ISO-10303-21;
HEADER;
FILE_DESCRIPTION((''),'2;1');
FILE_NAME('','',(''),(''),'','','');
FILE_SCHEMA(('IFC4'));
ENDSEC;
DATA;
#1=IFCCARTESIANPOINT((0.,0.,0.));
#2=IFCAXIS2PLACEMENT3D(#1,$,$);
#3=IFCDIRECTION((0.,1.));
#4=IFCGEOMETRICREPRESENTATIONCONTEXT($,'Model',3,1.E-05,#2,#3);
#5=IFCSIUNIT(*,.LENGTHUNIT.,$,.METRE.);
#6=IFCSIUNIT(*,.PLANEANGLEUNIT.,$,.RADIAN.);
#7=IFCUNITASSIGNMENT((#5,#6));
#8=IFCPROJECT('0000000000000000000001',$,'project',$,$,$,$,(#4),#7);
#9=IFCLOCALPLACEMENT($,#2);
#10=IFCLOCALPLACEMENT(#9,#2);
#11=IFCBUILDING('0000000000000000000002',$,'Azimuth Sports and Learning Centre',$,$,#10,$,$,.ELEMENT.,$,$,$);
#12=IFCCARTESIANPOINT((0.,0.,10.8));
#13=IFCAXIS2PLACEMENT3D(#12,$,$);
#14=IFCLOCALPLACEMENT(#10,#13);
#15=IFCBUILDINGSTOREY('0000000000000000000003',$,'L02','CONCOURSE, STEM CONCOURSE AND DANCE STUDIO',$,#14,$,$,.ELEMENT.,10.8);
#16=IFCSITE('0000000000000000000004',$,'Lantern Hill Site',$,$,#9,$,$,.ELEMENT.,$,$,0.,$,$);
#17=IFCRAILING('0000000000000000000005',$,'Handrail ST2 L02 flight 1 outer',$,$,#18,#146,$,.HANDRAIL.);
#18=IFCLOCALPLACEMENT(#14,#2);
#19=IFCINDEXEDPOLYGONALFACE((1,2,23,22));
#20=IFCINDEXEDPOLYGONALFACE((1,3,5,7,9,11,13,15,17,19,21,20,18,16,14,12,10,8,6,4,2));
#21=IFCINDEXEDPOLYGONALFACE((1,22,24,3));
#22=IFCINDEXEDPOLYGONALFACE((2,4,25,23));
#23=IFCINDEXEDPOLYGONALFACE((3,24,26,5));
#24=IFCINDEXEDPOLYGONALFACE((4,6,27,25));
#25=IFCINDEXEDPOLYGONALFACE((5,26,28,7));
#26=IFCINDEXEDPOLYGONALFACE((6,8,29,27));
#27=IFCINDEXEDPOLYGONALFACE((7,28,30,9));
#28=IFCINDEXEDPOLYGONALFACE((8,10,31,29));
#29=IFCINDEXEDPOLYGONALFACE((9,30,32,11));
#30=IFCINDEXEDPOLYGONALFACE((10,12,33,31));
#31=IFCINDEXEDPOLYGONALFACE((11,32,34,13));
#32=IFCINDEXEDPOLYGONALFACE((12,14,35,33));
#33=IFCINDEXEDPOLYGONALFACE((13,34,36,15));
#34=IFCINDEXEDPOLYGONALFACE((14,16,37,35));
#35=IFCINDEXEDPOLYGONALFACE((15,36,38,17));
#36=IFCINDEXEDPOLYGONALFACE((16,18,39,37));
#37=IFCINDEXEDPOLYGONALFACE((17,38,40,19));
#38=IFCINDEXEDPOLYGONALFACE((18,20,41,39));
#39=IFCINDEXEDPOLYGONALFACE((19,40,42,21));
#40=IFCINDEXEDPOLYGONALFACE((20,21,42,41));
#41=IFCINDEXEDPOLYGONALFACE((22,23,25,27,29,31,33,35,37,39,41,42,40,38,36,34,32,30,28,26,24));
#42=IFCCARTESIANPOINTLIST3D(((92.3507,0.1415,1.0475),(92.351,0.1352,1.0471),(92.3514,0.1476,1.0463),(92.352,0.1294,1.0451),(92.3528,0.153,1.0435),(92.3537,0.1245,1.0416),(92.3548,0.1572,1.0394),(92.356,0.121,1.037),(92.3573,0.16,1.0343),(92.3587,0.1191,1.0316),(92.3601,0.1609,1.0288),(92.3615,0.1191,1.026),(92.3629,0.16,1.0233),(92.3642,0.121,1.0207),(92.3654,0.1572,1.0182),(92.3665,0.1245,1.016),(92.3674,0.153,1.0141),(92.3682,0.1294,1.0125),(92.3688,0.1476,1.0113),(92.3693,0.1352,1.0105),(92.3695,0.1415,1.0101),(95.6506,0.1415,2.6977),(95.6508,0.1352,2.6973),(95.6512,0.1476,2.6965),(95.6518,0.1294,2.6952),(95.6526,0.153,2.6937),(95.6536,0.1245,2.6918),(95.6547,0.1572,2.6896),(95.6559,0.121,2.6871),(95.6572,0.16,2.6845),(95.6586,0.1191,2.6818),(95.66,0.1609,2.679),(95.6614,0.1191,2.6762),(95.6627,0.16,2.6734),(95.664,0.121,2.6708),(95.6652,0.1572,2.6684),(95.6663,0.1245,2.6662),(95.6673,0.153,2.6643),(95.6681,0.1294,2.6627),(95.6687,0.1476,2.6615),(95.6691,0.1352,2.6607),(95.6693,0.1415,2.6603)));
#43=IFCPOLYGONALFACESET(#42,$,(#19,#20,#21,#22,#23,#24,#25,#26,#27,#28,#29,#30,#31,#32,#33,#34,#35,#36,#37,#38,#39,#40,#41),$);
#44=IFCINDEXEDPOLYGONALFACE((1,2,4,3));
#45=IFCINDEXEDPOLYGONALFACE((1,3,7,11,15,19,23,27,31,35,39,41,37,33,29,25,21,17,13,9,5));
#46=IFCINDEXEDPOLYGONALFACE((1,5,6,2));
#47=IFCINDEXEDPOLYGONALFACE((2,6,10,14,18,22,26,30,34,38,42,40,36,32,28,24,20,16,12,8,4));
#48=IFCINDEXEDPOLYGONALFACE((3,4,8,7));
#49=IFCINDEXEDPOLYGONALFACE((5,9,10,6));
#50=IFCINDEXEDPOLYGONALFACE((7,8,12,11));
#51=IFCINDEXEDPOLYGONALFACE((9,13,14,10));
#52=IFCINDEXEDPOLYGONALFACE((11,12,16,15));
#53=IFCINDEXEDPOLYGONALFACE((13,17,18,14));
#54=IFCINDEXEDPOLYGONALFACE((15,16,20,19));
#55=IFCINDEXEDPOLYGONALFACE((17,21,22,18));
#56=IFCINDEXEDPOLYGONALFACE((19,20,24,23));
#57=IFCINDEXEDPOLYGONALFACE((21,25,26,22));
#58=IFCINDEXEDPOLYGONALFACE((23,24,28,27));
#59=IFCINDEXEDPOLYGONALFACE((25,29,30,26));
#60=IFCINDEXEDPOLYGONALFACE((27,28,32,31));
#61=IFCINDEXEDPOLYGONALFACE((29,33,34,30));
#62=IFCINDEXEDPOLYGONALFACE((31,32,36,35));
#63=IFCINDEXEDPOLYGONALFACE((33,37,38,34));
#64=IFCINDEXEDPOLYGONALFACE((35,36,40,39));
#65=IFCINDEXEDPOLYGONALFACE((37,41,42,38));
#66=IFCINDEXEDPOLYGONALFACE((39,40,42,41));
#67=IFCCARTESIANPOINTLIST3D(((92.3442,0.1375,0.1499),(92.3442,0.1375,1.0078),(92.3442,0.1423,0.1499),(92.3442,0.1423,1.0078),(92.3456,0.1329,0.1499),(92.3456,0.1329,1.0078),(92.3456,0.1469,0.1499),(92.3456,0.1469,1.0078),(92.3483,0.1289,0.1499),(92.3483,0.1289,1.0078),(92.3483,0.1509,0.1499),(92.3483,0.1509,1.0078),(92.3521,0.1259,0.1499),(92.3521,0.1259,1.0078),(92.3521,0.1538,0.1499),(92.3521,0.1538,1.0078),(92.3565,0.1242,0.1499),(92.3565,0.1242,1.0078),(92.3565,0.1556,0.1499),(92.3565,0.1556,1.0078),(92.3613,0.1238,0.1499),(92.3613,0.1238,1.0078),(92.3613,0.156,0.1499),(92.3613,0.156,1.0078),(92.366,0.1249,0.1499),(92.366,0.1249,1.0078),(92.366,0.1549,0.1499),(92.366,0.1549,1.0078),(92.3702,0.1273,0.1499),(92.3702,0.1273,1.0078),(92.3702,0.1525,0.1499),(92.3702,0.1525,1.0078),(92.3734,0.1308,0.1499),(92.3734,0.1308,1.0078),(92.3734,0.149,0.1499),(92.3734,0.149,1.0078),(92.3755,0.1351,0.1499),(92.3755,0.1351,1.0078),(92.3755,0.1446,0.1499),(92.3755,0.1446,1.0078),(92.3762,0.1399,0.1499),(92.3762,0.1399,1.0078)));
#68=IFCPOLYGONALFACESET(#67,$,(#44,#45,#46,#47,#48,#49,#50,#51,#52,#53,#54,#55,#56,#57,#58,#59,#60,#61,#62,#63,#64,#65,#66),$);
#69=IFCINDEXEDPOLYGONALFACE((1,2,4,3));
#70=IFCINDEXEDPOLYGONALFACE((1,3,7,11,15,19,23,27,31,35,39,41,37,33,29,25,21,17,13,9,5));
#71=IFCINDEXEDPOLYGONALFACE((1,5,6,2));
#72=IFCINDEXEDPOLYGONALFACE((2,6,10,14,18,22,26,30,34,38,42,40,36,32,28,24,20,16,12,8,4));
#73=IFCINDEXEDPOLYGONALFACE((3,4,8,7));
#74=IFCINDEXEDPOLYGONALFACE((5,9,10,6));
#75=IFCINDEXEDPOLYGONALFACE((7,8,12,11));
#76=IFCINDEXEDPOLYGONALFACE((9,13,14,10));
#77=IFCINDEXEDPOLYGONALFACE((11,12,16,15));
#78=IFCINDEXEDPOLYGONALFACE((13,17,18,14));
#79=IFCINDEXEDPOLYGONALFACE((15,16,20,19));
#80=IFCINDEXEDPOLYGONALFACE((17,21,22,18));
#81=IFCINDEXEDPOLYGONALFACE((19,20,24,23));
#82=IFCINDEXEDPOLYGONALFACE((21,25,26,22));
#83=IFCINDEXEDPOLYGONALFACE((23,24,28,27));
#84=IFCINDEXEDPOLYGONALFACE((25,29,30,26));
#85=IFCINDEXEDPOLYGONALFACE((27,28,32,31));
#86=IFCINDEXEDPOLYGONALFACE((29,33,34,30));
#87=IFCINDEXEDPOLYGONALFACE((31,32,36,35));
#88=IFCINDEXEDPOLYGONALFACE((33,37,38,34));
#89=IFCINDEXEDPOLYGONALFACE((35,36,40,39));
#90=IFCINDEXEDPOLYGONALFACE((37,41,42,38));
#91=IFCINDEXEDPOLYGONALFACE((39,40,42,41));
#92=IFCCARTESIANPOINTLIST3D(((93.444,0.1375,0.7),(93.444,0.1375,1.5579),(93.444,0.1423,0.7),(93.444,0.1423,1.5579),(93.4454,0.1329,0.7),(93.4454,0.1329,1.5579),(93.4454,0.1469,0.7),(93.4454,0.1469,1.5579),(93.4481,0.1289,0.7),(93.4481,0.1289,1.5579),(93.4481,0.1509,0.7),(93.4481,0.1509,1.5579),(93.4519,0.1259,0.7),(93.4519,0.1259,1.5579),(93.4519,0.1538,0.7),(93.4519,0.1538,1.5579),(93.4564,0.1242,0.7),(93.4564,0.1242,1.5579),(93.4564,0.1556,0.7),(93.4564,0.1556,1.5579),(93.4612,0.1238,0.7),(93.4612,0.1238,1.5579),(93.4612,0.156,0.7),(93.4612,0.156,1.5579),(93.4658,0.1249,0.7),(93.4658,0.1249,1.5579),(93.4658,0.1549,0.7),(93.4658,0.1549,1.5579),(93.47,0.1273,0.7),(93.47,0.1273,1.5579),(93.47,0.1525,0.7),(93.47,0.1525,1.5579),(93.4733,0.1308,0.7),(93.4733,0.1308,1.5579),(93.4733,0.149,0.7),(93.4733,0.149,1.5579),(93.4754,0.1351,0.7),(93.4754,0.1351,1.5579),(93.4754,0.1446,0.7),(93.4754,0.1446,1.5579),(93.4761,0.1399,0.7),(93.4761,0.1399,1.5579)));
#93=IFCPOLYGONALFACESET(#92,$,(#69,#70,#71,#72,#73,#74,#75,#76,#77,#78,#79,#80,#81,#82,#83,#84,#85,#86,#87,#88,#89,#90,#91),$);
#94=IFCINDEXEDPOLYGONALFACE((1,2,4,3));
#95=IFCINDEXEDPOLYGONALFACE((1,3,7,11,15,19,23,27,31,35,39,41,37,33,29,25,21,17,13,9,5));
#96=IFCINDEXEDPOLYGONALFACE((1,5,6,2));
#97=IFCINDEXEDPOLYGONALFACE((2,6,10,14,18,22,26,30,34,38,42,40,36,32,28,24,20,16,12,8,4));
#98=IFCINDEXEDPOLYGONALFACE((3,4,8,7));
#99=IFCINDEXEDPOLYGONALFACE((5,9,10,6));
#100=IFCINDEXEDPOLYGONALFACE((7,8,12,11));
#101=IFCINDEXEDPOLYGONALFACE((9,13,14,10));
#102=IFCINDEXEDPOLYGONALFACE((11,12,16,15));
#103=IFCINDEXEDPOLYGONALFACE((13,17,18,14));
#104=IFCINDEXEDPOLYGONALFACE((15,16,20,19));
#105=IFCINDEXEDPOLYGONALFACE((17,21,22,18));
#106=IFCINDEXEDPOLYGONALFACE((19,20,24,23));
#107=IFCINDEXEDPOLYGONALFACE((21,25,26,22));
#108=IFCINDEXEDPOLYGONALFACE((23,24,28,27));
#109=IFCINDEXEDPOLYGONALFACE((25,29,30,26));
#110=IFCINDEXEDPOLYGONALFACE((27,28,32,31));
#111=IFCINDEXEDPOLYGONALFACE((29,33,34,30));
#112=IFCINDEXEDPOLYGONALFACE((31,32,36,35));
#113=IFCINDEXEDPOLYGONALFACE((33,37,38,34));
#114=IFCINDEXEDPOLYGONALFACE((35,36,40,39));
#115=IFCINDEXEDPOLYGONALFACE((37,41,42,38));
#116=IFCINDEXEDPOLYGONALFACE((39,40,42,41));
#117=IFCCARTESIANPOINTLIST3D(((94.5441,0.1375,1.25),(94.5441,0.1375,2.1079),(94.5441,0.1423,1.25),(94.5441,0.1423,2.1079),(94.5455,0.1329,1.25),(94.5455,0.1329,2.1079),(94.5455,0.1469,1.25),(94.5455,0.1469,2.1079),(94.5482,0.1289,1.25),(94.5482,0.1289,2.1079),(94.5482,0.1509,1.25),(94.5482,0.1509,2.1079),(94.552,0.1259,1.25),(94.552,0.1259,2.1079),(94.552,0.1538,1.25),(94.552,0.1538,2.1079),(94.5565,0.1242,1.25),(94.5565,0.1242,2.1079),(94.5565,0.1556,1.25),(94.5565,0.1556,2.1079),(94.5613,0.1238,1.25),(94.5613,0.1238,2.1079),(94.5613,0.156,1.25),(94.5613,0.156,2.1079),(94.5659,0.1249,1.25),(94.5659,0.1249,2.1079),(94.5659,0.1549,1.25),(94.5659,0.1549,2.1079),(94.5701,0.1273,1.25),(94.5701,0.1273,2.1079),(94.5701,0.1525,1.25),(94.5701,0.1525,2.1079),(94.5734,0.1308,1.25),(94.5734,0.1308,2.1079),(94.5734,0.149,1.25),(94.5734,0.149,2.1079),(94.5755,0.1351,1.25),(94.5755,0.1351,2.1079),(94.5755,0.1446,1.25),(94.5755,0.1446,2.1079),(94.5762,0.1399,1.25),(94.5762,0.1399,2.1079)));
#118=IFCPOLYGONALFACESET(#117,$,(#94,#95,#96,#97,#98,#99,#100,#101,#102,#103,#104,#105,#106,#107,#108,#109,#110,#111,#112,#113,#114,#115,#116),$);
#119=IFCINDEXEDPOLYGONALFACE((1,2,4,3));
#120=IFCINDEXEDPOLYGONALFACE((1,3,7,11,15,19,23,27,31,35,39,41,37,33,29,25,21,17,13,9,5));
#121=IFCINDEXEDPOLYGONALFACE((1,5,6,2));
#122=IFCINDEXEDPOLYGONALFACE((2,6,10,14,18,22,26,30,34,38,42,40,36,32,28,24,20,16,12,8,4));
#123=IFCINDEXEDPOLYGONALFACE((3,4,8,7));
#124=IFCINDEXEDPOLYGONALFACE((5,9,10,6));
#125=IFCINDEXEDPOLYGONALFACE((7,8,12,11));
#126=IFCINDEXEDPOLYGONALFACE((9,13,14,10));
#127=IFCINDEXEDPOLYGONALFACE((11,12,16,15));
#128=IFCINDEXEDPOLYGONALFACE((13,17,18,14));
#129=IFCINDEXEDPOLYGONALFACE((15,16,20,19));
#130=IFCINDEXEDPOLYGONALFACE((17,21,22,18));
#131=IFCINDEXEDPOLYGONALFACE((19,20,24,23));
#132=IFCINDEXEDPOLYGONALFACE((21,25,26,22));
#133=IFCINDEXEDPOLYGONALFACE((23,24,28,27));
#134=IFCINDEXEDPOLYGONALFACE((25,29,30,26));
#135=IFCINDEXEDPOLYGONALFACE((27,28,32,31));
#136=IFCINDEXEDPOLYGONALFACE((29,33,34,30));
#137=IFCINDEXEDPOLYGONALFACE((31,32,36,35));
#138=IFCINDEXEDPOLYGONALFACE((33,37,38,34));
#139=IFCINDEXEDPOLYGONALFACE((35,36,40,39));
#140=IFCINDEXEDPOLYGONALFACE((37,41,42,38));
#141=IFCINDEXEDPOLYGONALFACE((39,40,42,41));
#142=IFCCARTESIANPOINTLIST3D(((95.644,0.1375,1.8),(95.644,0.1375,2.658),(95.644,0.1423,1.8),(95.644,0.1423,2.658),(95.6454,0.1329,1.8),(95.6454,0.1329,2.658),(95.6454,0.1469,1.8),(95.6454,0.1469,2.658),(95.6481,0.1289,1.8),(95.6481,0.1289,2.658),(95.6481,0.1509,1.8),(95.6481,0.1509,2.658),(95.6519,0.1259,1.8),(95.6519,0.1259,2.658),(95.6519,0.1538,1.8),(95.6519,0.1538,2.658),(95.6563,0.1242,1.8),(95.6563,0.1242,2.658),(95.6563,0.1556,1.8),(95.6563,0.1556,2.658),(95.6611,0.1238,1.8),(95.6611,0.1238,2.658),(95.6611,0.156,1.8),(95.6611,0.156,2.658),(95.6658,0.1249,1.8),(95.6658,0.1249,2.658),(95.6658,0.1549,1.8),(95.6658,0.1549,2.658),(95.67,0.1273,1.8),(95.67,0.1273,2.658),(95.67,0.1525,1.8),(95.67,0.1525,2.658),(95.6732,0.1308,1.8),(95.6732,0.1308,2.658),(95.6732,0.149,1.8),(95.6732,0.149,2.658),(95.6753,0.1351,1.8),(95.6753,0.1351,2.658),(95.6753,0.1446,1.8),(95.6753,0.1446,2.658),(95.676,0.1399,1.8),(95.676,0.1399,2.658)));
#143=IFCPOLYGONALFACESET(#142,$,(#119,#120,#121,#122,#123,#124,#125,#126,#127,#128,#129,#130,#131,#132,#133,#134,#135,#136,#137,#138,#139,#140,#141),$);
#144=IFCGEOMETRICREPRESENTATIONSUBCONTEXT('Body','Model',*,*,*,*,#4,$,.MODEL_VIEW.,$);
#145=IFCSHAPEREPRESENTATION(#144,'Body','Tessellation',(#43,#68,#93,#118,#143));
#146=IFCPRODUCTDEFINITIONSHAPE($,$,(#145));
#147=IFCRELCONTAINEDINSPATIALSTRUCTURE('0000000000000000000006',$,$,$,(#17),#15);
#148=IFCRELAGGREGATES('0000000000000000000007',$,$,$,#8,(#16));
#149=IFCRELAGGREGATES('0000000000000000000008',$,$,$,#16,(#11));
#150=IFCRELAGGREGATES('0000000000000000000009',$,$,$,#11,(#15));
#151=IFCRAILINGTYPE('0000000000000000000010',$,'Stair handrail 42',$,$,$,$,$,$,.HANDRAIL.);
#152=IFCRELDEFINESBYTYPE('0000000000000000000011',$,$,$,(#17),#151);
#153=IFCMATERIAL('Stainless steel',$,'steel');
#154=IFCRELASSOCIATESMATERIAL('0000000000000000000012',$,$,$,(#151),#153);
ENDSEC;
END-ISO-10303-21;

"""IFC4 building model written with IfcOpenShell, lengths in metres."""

from ifc_helpers import new_model, si_unit, direction, frame, origin, origin_2d, place, context, subcontext, project, spatial, circle, extrude, material, type_object, element, save


model = new_model("IFC4")

# Units and contexts
model_context = context("Model", 3, precision=1e-05, world=origin(), true_north=direction((0.0, 1.0)))
body_context = subcontext(model_context, "Body", "Model", "MODEL_VIEW")
ifc_project = project(units=[si_unit("LENGTHUNIT", "METRE"), si_unit("PLANEANGLEUNIT", "RADIAN")], contexts=[model_context])

# Site, building, storey
site_placement = place(None, origin())
site = spatial("IfcSite", under=ifc_project, at=site_placement, Name="Lantern Hill Site", CompositionType="ELEMENT", RefElevation=0.0)
building_placement = place(site_placement, origin())
building = spatial("IfcBuilding", under=site, at=building_placement, Name="Azimuth Sports and Learning Centre", CompositionType="ELEMENT")
storey_placement = place(building_placement, frame((0.0, 0.0, 10.8)))
storey = spatial("IfcBuildingStorey", under=building, at=storey_placement, Name="L02", Description="CONCOURSE, STEM CONCOURSE AND DANCE STUDIO", CompositionType="ELEMENT", Elevation=10.8)

# Railing
ifc_material_1 = material(Name="Stainless steel", Category="steel")
railing_type_1 = type_object("IfcRailingType", Name="Stair handrail 42", PredefinedType="HANDRAIL", material=ifc_material_1)
for number, where, name in (
    (1, (92.3601, 0.1399, 0.1499), "Handrail ST2 L02 flight 1 outer"),
):
    element("IfcRailing", number, at=place(storey_placement, frame(where)), inside=storey, type_object=railing_type_1, Name=name, PredefinedType="HANDRAIL", context=body_context, shape_type="SweptSolid", body=[
        extrude(circle(Radius=0.021, at=origin_2d()), frame((0.0, 0.0, 0.8789), z_axis=(0.894401, 0.0, 0.447267), x_axis=(0.0, 1.0, 0.0)), (0.0, 0.0, 1.0), 3.6895),
        extrude(circle(Radius=0.0161, at=origin_2d()), origin(), (0.0, 0.0, 1.0), 0.8579),
        extrude(circle(Radius=0.0161, at=origin_2d()), frame((1.0999, 0.0, 0.55)), (0.0, 0.0, 1.0), 0.8579),
        extrude(circle(Radius=0.0161, at=origin_2d()), frame((2.2, 0.0, 1.1001)), (0.0, 0.0, 1.0), 0.8579),
        extrude(circle(Radius=0.0161, at=origin_2d()), frame((3.2998, 0.0, 1.6501)), (0.0, 0.0, 1.0), 0.8579),
    ])

save(model, "model.ifc")
